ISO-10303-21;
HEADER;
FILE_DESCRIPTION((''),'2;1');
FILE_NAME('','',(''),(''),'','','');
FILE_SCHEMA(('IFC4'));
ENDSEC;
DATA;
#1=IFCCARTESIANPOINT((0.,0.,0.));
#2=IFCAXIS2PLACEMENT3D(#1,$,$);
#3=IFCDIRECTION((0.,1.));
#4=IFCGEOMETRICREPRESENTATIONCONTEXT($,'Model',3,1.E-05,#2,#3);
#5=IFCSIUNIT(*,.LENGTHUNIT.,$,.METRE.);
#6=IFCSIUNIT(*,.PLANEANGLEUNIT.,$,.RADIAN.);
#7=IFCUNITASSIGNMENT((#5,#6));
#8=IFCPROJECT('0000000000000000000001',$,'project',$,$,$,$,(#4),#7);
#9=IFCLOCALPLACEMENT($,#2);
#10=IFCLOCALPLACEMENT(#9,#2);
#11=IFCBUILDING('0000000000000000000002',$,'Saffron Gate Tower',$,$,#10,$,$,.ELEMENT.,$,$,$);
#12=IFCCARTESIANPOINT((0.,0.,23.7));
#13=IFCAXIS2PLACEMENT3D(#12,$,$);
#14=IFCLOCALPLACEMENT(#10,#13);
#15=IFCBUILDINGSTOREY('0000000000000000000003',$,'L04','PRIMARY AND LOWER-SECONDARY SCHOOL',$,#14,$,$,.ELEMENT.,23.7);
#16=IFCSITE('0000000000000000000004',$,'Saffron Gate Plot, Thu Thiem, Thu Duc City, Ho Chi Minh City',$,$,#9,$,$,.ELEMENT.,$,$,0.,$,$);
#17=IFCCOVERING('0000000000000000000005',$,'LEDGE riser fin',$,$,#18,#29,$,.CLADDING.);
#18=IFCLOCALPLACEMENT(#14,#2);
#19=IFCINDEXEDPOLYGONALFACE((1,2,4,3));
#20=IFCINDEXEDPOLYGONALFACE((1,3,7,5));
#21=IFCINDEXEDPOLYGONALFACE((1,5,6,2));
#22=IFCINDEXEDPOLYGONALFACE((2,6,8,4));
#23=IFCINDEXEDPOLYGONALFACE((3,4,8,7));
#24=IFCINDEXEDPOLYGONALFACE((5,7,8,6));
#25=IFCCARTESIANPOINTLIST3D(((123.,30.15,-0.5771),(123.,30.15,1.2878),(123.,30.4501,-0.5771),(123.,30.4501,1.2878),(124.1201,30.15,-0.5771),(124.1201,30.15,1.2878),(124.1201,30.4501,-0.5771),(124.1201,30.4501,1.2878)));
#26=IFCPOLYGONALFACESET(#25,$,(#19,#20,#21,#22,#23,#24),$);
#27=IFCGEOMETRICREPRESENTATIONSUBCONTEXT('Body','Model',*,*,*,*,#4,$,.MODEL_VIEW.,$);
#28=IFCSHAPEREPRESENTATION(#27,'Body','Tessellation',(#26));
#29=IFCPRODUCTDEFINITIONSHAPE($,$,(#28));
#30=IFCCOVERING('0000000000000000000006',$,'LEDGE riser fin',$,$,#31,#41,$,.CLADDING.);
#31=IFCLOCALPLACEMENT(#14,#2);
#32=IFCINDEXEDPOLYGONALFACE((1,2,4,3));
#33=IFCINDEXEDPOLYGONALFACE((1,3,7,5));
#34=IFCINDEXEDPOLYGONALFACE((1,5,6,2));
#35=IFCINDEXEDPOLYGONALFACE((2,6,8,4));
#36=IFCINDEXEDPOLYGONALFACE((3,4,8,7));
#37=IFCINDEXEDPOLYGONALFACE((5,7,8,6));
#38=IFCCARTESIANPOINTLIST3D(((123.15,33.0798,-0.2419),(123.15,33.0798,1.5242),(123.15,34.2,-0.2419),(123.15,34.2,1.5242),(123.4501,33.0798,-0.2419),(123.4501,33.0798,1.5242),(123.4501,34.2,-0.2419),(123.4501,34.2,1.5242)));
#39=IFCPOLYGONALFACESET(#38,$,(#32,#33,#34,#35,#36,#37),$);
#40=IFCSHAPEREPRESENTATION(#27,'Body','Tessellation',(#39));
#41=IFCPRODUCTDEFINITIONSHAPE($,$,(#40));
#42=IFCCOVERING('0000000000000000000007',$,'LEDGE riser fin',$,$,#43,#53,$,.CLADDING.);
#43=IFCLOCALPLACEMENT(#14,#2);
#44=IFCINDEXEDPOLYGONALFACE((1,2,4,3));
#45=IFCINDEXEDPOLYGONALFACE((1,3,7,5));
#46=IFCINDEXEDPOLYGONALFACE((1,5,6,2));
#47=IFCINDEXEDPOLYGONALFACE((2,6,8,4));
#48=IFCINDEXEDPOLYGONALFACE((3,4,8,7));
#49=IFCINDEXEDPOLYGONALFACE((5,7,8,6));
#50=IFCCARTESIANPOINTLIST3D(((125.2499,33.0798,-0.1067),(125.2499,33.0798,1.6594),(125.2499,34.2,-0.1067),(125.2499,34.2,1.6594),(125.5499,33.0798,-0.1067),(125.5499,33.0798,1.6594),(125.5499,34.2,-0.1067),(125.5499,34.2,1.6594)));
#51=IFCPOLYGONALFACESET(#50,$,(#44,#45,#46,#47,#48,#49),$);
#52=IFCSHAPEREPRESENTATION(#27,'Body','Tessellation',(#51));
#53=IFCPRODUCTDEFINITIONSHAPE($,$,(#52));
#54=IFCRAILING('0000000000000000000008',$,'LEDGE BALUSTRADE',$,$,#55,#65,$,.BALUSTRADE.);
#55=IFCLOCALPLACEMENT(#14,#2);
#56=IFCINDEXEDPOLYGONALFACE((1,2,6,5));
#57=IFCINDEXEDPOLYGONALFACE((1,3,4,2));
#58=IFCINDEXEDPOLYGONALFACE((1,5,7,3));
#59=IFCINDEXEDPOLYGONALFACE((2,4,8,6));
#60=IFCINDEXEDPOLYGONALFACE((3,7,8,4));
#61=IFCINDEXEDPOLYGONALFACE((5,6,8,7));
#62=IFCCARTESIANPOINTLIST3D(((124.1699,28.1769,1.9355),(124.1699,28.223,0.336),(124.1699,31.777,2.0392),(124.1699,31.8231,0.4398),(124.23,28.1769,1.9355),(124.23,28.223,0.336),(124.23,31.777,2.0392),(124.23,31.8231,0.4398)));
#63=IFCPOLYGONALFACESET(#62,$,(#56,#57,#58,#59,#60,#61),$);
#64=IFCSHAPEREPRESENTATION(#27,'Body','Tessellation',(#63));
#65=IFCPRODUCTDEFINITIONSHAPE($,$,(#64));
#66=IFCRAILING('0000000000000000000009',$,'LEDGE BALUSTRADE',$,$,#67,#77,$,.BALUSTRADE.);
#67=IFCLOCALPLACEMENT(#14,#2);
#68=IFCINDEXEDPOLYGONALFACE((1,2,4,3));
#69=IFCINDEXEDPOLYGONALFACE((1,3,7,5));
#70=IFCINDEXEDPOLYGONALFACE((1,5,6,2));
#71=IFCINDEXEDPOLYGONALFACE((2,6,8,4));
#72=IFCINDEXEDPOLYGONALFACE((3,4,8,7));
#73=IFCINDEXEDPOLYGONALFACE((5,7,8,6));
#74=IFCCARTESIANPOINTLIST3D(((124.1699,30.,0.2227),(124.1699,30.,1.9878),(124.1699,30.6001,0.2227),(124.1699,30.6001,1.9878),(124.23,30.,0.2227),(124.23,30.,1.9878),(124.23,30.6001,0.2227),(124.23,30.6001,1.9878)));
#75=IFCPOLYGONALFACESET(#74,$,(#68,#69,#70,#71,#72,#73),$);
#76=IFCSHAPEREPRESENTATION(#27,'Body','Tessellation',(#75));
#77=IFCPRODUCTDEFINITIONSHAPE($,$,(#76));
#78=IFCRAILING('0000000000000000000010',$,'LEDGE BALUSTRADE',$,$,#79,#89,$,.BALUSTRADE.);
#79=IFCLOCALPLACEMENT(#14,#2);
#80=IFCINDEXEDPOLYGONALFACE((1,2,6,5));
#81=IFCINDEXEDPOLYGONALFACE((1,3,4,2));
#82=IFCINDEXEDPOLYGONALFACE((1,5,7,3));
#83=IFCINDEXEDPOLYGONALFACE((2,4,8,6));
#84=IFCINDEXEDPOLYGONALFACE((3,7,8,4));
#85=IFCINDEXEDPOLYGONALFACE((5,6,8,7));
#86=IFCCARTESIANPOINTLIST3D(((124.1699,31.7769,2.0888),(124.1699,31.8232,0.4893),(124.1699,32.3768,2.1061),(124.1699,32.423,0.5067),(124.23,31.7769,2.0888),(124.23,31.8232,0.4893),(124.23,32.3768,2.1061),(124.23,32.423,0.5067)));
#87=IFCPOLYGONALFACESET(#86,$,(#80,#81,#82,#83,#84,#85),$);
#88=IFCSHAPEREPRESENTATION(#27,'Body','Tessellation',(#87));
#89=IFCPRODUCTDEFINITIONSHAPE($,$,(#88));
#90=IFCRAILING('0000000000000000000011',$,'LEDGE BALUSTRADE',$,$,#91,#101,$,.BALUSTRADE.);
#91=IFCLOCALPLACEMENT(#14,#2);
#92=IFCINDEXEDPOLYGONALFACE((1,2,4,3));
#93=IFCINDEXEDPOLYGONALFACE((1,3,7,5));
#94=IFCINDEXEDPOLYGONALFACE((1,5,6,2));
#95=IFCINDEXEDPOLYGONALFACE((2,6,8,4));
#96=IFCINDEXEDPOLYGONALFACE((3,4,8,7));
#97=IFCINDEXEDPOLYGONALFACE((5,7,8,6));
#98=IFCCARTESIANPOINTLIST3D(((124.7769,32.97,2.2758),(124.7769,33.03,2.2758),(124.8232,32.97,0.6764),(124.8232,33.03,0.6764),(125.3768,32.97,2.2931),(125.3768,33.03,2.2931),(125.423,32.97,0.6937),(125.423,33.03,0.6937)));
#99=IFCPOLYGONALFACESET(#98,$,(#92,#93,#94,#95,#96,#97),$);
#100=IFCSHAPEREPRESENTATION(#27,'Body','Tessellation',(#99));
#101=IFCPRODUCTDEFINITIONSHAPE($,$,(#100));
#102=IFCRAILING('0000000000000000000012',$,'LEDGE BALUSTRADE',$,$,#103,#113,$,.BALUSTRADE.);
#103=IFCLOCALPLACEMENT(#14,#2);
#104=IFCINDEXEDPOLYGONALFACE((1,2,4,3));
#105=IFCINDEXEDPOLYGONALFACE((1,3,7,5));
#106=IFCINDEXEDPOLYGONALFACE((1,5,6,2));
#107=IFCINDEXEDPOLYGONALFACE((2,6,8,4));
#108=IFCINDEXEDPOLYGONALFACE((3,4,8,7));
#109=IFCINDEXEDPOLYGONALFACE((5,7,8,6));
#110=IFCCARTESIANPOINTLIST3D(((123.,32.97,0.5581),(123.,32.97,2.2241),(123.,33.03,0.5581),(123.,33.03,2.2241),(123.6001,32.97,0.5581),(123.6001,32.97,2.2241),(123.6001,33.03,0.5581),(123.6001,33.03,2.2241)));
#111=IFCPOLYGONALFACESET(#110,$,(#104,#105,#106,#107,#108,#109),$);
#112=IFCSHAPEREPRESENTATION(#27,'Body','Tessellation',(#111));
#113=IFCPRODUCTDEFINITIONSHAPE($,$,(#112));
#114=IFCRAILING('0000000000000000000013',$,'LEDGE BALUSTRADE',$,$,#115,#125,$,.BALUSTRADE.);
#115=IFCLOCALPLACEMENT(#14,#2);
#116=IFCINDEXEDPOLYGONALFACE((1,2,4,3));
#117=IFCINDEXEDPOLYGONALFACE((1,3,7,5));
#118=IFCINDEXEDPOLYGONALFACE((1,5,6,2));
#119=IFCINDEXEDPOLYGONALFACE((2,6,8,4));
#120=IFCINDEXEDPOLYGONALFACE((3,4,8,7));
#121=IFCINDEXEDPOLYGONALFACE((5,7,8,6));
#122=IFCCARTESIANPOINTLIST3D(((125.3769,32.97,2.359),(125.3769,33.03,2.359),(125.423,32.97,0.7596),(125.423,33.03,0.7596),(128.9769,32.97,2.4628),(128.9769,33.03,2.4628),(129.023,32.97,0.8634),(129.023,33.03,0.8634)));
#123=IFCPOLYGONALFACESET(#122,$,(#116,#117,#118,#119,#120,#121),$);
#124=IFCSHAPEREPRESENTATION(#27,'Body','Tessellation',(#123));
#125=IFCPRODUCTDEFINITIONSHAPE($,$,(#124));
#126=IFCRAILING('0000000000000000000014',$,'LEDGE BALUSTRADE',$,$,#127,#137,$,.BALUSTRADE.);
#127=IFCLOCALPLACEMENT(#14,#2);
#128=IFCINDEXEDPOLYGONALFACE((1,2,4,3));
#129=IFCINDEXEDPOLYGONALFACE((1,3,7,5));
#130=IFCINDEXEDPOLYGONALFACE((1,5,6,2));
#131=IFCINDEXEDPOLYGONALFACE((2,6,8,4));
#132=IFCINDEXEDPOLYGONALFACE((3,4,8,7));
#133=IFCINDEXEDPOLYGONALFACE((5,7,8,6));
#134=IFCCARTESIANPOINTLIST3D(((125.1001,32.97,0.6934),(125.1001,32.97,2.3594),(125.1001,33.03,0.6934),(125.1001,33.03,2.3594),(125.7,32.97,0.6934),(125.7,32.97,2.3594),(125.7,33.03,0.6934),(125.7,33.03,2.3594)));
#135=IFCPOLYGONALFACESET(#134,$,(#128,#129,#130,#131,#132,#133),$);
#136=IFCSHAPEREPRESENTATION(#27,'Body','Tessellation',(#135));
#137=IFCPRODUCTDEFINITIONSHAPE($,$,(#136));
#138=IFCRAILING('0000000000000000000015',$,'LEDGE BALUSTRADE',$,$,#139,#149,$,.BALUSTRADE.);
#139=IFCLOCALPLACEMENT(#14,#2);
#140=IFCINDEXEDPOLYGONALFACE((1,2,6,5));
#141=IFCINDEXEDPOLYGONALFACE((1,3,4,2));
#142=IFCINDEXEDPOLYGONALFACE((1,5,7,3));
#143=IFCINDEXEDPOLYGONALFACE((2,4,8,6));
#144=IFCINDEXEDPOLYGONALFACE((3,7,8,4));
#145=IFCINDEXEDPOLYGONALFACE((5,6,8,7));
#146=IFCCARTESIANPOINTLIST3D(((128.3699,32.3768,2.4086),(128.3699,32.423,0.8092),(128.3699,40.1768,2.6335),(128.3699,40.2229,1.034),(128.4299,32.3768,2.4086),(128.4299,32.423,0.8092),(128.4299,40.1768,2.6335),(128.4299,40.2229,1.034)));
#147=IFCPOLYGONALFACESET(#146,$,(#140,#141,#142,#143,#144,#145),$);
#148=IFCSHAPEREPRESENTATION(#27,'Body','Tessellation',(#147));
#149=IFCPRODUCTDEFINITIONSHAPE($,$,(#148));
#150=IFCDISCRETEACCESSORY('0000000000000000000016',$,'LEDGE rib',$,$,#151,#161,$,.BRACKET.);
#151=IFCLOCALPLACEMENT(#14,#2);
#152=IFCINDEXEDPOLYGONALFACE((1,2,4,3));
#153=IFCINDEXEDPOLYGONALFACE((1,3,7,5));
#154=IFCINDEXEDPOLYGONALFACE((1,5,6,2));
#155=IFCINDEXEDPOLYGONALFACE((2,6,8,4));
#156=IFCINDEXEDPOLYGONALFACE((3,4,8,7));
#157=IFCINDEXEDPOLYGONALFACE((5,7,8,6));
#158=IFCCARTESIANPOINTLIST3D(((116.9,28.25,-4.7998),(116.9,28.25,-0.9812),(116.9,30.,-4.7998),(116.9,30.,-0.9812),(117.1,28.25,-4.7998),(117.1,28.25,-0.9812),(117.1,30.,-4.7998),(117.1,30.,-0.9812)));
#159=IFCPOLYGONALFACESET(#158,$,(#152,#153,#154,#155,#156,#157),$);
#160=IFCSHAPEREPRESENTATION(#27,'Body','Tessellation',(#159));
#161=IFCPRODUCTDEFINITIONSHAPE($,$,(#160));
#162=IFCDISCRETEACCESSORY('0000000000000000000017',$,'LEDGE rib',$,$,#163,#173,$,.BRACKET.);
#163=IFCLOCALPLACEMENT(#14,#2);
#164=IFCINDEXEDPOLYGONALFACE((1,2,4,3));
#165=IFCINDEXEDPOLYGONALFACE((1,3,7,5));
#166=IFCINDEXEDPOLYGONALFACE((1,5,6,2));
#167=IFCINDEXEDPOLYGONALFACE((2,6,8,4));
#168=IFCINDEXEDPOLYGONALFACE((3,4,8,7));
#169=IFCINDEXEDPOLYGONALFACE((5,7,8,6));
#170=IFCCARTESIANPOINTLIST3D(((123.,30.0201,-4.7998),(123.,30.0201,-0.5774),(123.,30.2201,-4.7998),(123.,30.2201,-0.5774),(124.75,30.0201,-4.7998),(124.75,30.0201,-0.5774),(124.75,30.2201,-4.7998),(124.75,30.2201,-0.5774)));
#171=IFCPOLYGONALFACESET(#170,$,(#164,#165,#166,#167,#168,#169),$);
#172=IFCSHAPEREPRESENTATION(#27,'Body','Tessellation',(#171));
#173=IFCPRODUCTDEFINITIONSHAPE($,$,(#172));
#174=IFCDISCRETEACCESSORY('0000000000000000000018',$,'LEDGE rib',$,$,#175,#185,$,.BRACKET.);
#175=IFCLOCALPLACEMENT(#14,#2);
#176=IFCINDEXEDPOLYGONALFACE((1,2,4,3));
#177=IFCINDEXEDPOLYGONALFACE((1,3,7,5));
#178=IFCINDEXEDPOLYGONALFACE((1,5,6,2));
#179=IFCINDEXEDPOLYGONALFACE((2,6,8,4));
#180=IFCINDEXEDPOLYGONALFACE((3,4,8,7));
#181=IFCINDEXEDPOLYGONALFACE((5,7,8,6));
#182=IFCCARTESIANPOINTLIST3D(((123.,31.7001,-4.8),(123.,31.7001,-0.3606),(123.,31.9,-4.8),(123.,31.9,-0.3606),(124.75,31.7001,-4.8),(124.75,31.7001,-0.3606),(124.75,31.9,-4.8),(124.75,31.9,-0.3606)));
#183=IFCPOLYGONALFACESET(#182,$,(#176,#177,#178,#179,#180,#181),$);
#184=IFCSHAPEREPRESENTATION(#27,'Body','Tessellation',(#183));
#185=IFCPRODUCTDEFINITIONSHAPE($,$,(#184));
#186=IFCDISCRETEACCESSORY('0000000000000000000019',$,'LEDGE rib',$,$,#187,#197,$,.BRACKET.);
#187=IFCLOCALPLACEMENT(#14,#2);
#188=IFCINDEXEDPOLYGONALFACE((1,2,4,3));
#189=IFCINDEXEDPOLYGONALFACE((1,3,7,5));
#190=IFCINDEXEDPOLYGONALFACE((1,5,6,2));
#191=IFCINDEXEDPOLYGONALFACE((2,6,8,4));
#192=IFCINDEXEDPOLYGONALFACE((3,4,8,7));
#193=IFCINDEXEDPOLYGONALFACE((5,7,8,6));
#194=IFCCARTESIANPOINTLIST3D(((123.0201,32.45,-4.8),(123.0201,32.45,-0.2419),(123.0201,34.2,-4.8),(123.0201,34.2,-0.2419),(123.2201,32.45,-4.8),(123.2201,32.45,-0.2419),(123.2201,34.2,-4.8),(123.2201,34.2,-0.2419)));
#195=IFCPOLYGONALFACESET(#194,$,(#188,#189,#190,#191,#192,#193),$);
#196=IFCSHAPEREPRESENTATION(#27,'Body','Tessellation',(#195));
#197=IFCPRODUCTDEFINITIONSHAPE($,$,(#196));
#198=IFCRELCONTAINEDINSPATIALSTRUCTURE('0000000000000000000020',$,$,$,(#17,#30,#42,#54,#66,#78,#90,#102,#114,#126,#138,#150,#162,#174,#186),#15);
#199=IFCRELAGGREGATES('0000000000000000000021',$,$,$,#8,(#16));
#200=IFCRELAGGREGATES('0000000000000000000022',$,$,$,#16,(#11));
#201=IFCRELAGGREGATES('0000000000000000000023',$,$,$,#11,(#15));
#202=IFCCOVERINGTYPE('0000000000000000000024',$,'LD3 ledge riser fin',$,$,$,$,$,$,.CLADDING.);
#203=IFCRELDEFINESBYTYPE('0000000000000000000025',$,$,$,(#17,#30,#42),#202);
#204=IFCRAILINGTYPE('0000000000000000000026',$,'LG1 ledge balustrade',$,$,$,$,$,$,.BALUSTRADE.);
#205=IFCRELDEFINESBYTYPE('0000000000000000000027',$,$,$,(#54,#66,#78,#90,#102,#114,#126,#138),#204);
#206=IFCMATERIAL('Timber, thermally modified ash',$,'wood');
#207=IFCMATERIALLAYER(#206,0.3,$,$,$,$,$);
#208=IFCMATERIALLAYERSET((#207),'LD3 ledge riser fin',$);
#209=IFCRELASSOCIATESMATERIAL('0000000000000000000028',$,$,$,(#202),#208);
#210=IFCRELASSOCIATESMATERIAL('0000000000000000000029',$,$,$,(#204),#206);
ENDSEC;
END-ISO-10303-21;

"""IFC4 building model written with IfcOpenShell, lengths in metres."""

from ifc_helpers import new_model, si_unit, direction, frame, origin, origin_2d, place, context, subcontext, project, spatial, rectangle, extrude, material, layer, layer_set, type_object, element, save


model = new_model("IFC4")

# Units and contexts
model_context = context("Model", 3, precision=1e-05, world=origin(), true_north=direction((0.0, 1.0)))
body_context = subcontext(model_context, "Body", "Model", "MODEL_VIEW")
ifc_project = project(units=[si_unit("LENGTHUNIT", "METRE"), si_unit("PLANEANGLEUNIT", "RADIAN")], contexts=[model_context])

# Site, building, storey
site_placement = place(None, origin())
site = spatial("IfcSite", under=ifc_project, at=site_placement, Name="Saffron Gate Plot, Thu Thiem, Thu Duc City, Ho Chi Minh City", CompositionType="ELEMENT", RefElevation=0.0)
building_placement = place(site_placement, origin())
building = spatial("IfcBuilding", under=site, at=building_placement, Name="Saffron Gate Tower", CompositionType="ELEMENT")
storey_placement = place(building_placement, frame((0.0, 0.0, 23.7)))
storey = spatial("IfcBuildingStorey", under=building, at=storey_placement, Name="L04", Description="PRIMARY AND LOWER-SECONDARY SCHOOL", CompositionType="ELEMENT", Elevation=23.7)

# Coverings
ifc_material_1 = material(Name="Timber, thermally modified ash", Category="wood")
ifc_layer_1 = layer(ifc_material_1, 0.3)
ifc_layer_set_1 = layer_set([ifc_layer_1], Name="LD3 ledge riser fin")
covering_type_1 = type_object("IfcCoveringType", Name="LD3 ledge riser fin", PredefinedType="CLADDING", material=ifc_layer_set_1)
covering_1_placement = place(storey_placement, frame((123.5601, 30.3, -0.5771), z_axis=(0.0, 0.0, 1.0), x_axis=(0.0, 1.0, 0.0)))
element("IfcCovering", 1, at=covering_1_placement, inside=storey, type_object=covering_type_1, Name="LEDGE riser fin", PredefinedType="CLADDING", context=body_context, shape_type="SweptSolid", body=[
    extrude(rectangle(XDim=0.3, YDim=1.1201, at=origin_2d()), origin(), (0.0, 0.0, 1.0), 1.865),
])
for number, where, z_axis, x_axis, name in (
    (2, (123.3, 33.6399, -0.2419), (0.0, 0.0, 1.0), (1.0, 0.0, 0.0), "LEDGE riser fin"),
    (3, (125.3999, 33.6399, -0.1067), (0.0, 0.0, 1.0), (1.0, 0.0, 0.0), "LEDGE riser fin"),
):
    element("IfcCovering", number, at=place(storey_placement, frame(where, z_axis=z_axis, x_axis=x_axis)), inside=storey, type_object=covering_type_1, Name=name, PredefinedType="CLADDING", context=body_context, shape_type="SweptSolid", body=[
        extrude(rectangle(XDim=0.3, YDim=1.1201, at=origin_2d()), origin(), (0.0, 0.0, 1.0), 1.7661),
    ])

# Railings
railing_type = type_object("IfcRailingType", Name="LG1 ledge balustrade", PredefinedType="BALUSTRADE", material=ifc_material_1)
railing_1_placement = place(storey_placement, frame((124.2, 28.2, 0.3357)))
element("IfcRailing", 4, at=railing_1_placement, inside=storey, type_object=railing_type, Name="LEDGE BALUSTRADE", PredefinedType="BALUSTRADE", context=body_context, shape_type="SweptSolid", body=[
    extrude(rectangle(XDim=0.0601, YDim=1.6001, at=origin_2d()), frame((0.0, 0.0, 0.8), z_axis=(0.0, 0.999585, 0.028809), x_axis=(-1.0, 0.0, 0.0)), (0.0, 0.0, 1.0), 3.6016),
])
railing_2_placement = place(storey_placement, frame((124.2, 30.0, 0.2227)))
element("IfcRailing", 5, at=railing_2_placement, inside=storey, type_object=railing_type, Name="LEDGE BALUSTRADE", PredefinedType="BALUSTRADE", context=body_context, shape_type="SweptSolid", body=[
    extrude(rectangle(XDim=0.0601, YDim=1.7651, at=origin_2d()), frame((0.0, 0.0, 0.8826), z_axis=(0.0, 1.0, 0.0), x_axis=(-1.0, 0.0, 0.0)), (0.0, 0.0, 1.0), 0.6001),
])
railing_3_placement = place(storey_placement, frame((124.2, 31.8, 0.489)))
element("IfcRailing", 6, at=railing_3_placement, inside=storey, type_object=railing_type, Name="LEDGE BALUSTRADE", PredefinedType="BALUSTRADE", context=body_context, shape_type="SweptSolid", body=[
    extrude(rectangle(XDim=0.0601, YDim=1.6001, at=origin_2d()), frame((0.0, 0.0, 0.8), z_axis=(0.0, 0.999583, 0.028885), x_axis=(-1.0, 0.0, 0.0)), (0.0, 0.0, 1.0), 0.6001),
])
railing_4_placement = place(storey_placement, frame((124.8, 33.0, 0.676)))
element("IfcRailing", 7, at=railing_4_placement, inside=storey, type_object=railing_type, Name="LEDGE BALUSTRADE", PredefinedType="BALUSTRADE", context=body_context, shape_type="SweptSolid", body=[
    extrude(rectangle(XDim=0.0601, YDim=1.6001, at=origin_2d()), frame((0.0, 0.0, 0.8), z_axis=(0.999583, 0.0, 0.028885), x_axis=(0.0, 1.0, 0.0)), (0.0, 0.0, 1.0), 0.6001),
])
railing_5_placement = place(storey_placement, frame((123.0, 33.0, 0.5581)))
element("IfcRailing", 8, at=railing_5_placement, inside=storey, type_object=railing_type, Name="LEDGE BALUSTRADE", PredefinedType="BALUSTRADE", context=body_context, shape_type="SweptSolid", body=[
    extrude(rectangle(XDim=0.0601, YDim=1.666, at=origin_2d()), frame((0.0, 0.0, 0.833), z_axis=(1.0, 0.0, 0.0), x_axis=(0.0, 1.0, 0.0)), (0.0, 0.0, 1.0), 0.6001),
])
railing_6_placement = place(storey_placement, frame((125.3999, 33.0, 0.7593)))
element("IfcRailing", 9, at=railing_6_placement, inside=storey, type_object=railing_type, Name="LEDGE BALUSTRADE", PredefinedType="BALUSTRADE", context=body_context, shape_type="SweptSolid", body=[
    extrude(rectangle(XDim=0.0601, YDim=1.6001, at=origin_2d()), frame((0.0, 0.0, 0.8), z_axis=(0.999585, 0.0, 0.028809), x_axis=(0.0, 1.0, 0.0)), (0.0, 0.0, 1.0), 3.6016),
])
railing_7_placement = place(storey_placement, frame((125.1001, 33.0, 0.6934)))
element("IfcRailing", 10, at=railing_7_placement, inside=storey, type_object=railing_type, Name="LEDGE BALUSTRADE", PredefinedType="BALUSTRADE", context=body_context, shape_type="SweptSolid", body=[
    extrude(rectangle(XDim=0.0601, YDim=1.666, at=origin_2d()), frame((0.0, 0.0, 0.833), z_axis=(1.0, 0.0, 0.0), x_axis=(0.0, 1.0, 0.0)), (0.0, 0.0, 1.0), 0.5999),
])
railing_8_placement = place(storey_placement, frame((128.3999, 32.3999, 0.8088)))
element("IfcRailing", 11, at=railing_8_placement, inside=storey, type_object=railing_type, Name="LEDGE BALUSTRADE", PredefinedType="BALUSTRADE", context=body_context, shape_type="SweptSolid", body=[
    extrude(rectangle(XDim=0.0601, YDim=1.6001, at=origin_2d()), frame((0.0, 0.0, 0.8), z_axis=(0.0, 0.999585, 0.028815), x_axis=(-1.0, 0.0, 0.0)), (0.0, 0.0, 1.0), 7.8032),
])

# Discrete accessories
discrete_accessory_1_placement = place(storey_placement, frame((117.0, 29.125, -4.7998), z_axis=(0.0, 0.0, 1.0), x_axis=(1.0, 0.0, 0.0)))
element("IfcDiscreteAccessory", 12, at=discrete_accessory_1_placement, inside=storey, Name="LEDGE rib", PredefinedType="BRACKET", context=body_context, shape_type="SweptSolid", body=[
    extrude(rectangle(XDim=0.2, YDim=1.75, at=origin_2d()), origin(), (0.0, 0.0, 1.0), 3.8186),
])
discrete_accessory_2_placement = place(storey_placement, frame((123.875, 30.1201, -4.7998), z_axis=(0.0, 0.0, 1.0), x_axis=(0.0, 1.0, 0.0)))
element("IfcDiscreteAccessory", 13, at=discrete_accessory_2_placement, inside=storey, Name="LEDGE rib", PredefinedType="BRACKET", context=body_context, shape_type="SweptSolid", body=[
    extrude(rectangle(XDim=0.2, YDim=1.75, at=origin_2d()), origin(), (0.0, 0.0, 1.0), 4.2224),
])
discrete_accessory_3_placement = place(storey_placement, frame((123.875, 31.8, -4.8), z_axis=(0.0, 0.0, 1.0), x_axis=(0.0, 1.0, 0.0)))
element("IfcDiscreteAccessory", 14, at=discrete_accessory_3_placement, inside=storey, Name="LEDGE rib", PredefinedType="BRACKET", context=body_context, shape_type="SweptSolid", body=[
    extrude(rectangle(XDim=0.2, YDim=1.75, at=origin_2d()), origin(), (0.0, 0.0, 1.0), 4.4395),
])
discrete_accessory_4_placement = place(storey_placement, frame((123.1201, 33.325, -4.8), z_axis=(0.0, 0.0, 1.0), x_axis=(1.0, 0.0, 0.0)))
element("IfcDiscreteAccessory", 15, at=discrete_accessory_4_placement, inside=storey, Name="LEDGE rib", PredefinedType="BRACKET", context=body_context, shape_type="SweptSolid", body=[
    extrude(rectangle(XDim=0.2, YDim=1.75, at=origin_2d()), origin(), (0.0, 0.0, 1.0), 4.5581),
])

save(model, "model.ifc")
